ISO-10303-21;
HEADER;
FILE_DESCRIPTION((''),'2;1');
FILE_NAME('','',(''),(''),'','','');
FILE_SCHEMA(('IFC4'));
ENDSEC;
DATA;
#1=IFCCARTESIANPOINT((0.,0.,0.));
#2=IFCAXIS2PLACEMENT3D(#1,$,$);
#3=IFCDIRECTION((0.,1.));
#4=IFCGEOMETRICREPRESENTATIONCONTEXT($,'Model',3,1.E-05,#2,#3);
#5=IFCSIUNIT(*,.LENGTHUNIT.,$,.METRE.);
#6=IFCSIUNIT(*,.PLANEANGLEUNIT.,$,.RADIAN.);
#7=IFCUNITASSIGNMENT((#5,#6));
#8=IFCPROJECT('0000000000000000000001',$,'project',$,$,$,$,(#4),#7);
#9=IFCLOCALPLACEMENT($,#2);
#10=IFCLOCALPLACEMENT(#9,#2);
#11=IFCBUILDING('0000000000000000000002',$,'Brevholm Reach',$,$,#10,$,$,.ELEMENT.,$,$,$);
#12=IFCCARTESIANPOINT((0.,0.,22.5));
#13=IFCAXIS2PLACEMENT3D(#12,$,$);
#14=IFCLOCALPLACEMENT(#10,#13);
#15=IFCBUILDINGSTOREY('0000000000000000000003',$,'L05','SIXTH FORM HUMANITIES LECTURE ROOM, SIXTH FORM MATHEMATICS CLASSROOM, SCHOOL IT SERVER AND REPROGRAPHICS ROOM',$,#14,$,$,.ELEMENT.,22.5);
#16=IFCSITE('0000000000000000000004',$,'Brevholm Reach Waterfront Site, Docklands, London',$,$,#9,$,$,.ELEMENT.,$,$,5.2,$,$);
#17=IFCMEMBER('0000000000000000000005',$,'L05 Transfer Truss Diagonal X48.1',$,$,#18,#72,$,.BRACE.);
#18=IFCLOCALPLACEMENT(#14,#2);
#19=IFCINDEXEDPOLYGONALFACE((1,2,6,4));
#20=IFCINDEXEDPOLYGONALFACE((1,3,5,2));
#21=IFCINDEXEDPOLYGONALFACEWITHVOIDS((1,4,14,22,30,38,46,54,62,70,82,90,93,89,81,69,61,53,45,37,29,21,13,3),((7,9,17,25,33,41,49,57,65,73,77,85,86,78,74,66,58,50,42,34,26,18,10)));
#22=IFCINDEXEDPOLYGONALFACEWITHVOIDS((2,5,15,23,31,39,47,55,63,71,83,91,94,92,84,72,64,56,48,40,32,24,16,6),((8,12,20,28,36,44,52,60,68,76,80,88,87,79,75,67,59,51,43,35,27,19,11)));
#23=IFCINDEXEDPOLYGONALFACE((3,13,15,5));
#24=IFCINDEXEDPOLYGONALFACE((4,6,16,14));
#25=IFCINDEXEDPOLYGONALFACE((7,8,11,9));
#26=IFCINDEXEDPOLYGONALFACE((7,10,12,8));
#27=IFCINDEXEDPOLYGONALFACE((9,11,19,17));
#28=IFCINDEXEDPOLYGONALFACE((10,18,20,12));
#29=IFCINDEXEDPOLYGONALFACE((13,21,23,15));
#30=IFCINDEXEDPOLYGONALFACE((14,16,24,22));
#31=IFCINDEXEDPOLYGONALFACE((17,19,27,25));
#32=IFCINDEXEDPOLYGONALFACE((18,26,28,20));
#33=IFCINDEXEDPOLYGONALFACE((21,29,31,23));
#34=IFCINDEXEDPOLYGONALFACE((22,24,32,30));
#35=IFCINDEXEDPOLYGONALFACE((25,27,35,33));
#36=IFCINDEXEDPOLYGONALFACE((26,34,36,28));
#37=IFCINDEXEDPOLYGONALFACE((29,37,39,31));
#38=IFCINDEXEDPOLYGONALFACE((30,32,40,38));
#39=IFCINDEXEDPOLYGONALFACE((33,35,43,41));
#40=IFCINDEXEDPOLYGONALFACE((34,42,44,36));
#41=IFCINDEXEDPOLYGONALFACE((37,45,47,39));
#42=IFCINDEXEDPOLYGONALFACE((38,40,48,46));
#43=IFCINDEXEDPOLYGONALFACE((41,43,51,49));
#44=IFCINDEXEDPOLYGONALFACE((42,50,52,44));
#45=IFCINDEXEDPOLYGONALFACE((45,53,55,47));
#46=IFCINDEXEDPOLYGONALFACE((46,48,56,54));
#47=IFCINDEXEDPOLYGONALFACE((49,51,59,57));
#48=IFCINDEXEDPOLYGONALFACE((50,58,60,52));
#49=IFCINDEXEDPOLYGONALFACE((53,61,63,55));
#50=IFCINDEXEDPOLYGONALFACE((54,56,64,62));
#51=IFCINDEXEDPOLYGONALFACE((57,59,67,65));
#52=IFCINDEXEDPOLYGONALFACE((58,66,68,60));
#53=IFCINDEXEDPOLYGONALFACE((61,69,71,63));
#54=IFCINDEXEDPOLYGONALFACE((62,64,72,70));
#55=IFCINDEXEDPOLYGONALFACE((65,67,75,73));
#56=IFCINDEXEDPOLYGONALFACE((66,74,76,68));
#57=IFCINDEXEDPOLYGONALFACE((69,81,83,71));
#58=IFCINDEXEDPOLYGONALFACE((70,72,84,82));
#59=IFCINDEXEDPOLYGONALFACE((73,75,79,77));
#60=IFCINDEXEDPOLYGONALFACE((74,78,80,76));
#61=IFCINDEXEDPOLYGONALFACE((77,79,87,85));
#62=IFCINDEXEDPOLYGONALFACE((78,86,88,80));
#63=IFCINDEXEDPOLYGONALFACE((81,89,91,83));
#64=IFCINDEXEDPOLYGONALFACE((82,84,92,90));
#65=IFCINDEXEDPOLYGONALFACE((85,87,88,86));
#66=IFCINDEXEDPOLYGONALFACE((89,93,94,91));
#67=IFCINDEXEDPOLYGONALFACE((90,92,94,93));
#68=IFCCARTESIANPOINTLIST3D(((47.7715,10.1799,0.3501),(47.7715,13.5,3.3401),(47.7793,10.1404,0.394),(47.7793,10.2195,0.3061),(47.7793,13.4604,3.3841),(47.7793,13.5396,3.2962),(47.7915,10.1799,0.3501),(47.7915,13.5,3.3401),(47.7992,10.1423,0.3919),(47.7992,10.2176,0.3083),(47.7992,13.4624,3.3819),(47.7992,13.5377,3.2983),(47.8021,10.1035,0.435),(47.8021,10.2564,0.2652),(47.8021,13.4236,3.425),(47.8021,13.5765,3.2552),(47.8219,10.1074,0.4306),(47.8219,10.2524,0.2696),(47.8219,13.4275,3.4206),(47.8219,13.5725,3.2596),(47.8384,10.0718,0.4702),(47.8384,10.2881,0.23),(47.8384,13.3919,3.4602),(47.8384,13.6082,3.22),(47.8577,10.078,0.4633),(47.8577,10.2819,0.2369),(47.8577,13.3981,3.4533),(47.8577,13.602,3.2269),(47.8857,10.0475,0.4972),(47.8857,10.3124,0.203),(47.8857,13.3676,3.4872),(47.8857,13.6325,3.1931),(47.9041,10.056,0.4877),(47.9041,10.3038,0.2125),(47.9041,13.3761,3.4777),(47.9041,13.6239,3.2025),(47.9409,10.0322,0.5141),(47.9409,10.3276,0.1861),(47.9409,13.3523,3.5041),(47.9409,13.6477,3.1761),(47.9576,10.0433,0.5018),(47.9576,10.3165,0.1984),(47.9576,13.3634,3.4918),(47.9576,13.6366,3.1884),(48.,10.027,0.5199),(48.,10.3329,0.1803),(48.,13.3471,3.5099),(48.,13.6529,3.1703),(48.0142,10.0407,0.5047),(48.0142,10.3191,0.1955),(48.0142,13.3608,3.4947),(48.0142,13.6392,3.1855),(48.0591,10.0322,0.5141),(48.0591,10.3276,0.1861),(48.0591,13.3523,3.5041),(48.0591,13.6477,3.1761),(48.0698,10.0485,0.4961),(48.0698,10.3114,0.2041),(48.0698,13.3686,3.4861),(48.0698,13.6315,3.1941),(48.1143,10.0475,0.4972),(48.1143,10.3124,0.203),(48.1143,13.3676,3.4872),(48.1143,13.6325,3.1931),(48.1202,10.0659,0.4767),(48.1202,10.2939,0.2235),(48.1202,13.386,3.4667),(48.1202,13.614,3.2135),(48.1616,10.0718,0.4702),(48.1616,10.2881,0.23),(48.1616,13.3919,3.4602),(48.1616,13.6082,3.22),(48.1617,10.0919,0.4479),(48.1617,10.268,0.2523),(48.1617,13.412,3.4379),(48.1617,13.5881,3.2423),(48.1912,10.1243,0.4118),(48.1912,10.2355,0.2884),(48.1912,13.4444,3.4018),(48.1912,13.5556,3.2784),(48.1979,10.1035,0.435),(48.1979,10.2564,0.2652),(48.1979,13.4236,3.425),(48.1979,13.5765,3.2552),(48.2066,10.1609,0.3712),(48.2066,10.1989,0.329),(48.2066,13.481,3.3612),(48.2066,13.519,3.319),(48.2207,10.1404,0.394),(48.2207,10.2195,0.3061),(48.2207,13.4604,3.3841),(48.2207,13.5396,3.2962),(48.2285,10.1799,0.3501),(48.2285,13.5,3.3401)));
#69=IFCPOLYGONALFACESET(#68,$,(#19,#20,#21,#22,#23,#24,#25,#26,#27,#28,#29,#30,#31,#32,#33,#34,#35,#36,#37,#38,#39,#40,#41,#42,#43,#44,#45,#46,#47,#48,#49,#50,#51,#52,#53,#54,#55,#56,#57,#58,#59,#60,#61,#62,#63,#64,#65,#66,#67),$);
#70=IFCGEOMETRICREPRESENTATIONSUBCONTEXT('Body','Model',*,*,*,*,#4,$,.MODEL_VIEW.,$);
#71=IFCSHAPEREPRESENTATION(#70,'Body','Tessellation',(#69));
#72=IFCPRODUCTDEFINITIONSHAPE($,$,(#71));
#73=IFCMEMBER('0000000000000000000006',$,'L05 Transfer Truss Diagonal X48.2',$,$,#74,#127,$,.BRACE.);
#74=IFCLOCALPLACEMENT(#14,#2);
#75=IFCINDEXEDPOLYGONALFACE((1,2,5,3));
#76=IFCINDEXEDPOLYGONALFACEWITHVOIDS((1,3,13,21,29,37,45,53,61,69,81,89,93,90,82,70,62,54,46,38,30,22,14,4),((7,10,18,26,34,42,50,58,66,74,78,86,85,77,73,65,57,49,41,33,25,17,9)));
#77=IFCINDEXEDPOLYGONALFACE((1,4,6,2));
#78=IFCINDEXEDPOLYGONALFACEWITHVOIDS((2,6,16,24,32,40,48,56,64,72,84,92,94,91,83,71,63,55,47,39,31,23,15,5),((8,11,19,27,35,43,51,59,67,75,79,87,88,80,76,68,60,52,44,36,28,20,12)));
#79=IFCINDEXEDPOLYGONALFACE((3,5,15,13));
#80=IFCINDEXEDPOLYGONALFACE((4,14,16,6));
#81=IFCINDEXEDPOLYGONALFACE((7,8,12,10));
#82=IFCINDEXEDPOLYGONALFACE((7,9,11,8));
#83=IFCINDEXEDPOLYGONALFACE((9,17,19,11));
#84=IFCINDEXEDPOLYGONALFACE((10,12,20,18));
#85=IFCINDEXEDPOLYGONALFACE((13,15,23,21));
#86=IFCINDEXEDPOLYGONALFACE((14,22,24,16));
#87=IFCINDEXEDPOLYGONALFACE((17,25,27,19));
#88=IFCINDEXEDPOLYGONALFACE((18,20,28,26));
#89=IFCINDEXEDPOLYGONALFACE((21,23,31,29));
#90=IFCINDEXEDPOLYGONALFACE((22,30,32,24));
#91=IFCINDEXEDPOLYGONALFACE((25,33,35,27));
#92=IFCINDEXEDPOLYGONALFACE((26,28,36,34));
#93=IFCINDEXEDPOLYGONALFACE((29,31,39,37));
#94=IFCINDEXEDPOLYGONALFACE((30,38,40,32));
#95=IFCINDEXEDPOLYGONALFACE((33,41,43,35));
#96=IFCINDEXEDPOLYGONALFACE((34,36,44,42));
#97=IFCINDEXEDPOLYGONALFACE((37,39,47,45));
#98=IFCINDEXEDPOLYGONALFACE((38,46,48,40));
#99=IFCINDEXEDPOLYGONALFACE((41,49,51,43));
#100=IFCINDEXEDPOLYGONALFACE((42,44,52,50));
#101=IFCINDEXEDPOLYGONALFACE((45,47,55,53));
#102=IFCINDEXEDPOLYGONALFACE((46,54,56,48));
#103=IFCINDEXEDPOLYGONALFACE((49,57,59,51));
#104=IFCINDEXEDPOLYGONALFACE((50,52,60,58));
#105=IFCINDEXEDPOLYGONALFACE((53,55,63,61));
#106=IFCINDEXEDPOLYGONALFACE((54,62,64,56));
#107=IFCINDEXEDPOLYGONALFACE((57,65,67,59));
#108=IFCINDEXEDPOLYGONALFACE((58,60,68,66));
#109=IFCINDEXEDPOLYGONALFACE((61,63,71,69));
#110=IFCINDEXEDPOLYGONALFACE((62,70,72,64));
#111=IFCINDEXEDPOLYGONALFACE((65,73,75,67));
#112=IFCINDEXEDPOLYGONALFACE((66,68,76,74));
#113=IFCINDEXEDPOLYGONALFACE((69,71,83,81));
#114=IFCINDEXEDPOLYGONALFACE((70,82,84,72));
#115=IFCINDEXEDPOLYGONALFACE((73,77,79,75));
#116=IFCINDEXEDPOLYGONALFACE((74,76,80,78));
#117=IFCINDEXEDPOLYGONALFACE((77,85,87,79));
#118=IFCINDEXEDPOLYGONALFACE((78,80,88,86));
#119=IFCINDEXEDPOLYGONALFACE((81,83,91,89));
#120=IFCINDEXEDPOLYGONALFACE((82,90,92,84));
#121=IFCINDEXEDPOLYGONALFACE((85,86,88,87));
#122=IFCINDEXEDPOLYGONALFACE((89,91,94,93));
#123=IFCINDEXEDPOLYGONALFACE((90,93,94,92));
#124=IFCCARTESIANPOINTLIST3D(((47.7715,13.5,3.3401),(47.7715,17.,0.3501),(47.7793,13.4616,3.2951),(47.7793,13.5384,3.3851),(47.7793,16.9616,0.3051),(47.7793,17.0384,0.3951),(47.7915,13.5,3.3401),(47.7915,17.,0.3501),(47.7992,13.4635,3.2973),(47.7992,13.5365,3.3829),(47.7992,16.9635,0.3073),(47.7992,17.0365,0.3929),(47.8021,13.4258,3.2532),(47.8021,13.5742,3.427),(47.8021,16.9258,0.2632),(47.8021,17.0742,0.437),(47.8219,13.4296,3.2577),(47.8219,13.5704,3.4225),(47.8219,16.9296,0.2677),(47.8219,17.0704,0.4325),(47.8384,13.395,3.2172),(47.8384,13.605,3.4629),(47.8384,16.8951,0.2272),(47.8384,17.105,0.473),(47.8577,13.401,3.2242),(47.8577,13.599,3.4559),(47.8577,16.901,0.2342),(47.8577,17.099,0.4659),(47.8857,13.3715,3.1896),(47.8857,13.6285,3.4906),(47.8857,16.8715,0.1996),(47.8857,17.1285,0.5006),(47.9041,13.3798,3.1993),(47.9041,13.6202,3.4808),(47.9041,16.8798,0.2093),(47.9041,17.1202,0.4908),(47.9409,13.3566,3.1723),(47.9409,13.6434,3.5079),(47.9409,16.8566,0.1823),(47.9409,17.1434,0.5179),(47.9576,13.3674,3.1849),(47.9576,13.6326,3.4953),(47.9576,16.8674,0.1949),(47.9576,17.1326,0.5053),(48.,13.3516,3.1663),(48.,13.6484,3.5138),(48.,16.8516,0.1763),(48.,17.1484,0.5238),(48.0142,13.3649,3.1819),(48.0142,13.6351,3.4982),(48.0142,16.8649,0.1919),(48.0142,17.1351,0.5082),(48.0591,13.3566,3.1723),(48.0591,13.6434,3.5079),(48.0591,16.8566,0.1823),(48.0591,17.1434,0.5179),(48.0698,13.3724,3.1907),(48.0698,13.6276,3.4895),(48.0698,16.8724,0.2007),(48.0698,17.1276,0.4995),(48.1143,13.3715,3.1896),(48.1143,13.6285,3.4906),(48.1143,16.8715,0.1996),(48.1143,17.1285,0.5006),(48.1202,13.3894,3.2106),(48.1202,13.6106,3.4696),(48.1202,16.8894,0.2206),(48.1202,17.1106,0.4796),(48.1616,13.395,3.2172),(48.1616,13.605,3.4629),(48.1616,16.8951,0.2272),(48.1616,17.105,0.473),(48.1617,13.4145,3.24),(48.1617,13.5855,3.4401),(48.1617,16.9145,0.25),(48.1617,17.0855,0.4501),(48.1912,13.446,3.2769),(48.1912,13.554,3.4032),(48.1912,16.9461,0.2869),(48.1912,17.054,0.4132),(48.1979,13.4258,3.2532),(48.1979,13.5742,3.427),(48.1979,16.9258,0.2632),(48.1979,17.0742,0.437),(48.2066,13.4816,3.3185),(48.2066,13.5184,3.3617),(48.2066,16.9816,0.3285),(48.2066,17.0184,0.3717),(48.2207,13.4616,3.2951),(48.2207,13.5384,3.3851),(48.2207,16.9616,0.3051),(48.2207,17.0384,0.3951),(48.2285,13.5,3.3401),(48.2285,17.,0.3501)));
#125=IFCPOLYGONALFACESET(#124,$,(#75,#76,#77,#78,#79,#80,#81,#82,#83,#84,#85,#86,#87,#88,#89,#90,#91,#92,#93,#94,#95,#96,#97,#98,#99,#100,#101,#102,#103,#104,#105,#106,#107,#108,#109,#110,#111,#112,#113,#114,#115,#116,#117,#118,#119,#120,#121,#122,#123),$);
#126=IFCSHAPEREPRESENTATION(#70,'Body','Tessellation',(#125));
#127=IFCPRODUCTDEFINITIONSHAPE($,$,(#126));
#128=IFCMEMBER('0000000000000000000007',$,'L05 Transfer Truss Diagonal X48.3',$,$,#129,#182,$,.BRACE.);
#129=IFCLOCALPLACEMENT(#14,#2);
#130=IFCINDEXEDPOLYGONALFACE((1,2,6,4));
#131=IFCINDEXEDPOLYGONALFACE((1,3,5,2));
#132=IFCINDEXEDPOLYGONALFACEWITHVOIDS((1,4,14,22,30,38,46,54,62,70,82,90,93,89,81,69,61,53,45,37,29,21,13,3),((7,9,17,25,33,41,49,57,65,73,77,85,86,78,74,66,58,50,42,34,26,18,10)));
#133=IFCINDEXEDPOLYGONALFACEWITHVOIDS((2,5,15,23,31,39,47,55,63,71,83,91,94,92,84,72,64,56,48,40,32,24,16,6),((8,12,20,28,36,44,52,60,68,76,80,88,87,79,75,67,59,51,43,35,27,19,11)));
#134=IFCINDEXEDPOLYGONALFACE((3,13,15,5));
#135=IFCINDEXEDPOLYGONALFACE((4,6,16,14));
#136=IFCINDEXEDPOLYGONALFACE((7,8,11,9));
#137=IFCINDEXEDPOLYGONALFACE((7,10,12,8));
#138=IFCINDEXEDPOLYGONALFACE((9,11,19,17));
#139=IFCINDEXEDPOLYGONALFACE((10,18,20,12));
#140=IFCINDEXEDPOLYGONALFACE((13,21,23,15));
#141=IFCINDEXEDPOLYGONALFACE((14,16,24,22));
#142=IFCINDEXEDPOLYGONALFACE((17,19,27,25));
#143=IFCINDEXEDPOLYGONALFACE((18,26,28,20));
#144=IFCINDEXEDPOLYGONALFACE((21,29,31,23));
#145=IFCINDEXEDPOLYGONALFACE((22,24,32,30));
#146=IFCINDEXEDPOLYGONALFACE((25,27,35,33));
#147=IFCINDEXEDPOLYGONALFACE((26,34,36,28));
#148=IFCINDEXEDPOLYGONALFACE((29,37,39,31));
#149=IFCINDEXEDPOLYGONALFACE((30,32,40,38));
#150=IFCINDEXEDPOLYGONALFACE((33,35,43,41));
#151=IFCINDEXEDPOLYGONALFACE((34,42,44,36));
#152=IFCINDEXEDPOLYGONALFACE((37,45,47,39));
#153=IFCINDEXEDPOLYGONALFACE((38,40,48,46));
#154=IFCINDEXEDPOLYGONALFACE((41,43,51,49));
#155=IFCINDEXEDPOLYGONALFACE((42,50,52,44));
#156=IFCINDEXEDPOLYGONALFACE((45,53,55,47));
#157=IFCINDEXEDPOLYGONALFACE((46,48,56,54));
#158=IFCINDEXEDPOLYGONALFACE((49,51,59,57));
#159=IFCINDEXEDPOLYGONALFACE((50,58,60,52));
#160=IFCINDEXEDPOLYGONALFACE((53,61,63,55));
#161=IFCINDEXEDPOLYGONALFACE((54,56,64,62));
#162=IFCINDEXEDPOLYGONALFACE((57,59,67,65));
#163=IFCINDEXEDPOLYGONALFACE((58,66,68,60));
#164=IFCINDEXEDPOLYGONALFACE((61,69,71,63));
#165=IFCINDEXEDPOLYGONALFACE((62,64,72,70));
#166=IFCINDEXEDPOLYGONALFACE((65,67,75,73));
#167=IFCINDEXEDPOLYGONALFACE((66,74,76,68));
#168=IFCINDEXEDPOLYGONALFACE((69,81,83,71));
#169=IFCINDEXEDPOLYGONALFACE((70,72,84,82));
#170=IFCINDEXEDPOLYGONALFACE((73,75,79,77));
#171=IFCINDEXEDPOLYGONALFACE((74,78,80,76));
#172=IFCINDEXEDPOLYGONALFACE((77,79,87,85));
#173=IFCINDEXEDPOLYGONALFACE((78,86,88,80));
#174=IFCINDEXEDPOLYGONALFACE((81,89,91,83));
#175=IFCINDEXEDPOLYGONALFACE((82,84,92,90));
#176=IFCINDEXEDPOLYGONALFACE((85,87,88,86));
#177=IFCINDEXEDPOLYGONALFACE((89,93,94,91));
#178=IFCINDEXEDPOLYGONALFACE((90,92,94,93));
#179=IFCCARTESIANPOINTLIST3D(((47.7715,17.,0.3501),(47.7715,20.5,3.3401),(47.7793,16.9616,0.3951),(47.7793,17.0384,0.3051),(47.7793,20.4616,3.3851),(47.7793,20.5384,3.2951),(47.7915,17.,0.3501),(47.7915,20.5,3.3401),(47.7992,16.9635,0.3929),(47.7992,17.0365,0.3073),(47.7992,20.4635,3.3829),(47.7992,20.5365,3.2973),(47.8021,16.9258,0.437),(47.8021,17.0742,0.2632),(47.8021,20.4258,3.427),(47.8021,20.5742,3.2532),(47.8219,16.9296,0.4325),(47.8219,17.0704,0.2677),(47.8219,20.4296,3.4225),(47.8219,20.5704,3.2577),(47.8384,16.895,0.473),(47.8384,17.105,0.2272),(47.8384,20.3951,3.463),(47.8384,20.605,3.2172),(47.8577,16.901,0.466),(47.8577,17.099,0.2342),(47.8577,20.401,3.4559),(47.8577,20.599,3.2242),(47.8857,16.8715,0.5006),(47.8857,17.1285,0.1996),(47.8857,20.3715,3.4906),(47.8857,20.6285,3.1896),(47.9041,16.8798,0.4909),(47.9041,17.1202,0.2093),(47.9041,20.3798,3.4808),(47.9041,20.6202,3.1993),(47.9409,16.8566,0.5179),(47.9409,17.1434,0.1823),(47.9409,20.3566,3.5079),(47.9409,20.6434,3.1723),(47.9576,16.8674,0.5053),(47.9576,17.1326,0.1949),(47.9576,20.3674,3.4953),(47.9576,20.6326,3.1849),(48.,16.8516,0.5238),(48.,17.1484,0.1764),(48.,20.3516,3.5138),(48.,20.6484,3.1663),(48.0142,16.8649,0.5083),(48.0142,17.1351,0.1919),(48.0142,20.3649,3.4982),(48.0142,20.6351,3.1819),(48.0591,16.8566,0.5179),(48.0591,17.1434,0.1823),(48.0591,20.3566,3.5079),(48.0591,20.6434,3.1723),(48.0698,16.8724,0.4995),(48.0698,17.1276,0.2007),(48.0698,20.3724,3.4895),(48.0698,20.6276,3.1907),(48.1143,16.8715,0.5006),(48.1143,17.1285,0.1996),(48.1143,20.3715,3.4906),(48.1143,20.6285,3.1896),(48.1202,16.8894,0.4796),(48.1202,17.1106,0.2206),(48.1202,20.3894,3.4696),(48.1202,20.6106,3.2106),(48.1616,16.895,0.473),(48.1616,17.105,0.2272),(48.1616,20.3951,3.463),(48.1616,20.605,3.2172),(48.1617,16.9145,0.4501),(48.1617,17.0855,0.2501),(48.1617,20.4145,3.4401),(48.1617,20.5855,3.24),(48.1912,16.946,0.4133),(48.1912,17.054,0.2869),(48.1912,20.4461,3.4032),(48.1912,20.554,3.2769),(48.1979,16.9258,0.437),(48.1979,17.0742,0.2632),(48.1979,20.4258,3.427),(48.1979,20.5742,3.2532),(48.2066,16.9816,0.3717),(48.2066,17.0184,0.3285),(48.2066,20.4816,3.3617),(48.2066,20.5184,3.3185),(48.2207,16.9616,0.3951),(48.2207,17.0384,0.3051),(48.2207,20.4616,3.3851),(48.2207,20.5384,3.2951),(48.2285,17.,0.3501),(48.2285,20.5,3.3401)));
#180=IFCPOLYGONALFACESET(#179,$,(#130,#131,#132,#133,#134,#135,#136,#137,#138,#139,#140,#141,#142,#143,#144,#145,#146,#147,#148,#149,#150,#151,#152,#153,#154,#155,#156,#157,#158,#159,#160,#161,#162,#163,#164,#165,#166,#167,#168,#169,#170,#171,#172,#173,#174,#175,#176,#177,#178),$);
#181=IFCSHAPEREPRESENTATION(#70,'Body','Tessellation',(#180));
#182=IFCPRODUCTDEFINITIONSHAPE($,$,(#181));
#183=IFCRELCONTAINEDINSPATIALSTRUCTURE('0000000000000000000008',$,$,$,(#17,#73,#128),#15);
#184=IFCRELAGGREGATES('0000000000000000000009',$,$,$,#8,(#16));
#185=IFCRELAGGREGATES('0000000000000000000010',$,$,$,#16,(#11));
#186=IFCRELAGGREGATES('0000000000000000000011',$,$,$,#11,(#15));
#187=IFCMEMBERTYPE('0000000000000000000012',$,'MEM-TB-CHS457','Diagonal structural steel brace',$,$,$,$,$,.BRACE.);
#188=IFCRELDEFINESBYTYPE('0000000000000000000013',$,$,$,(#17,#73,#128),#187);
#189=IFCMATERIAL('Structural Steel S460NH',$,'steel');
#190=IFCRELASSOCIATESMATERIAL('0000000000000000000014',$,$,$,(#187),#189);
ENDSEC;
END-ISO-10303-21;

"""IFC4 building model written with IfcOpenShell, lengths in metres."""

from ifc_helpers import new_model, si_unit, direction, frame, origin, origin_2d, place, context, subcontext, project, spatial, hollow_circle, extrude, material, material_profile, profile_set, type_object, element, save


model = new_model("IFC4")

# Units and contexts
model_context = context("Model", 3, precision=1e-05, world=origin(), true_north=direction((0.0, 1.0)))
body_context = subcontext(model_context, "Body", "Model", "MODEL_VIEW")
ifc_project = project(units=[si_unit("LENGTHUNIT", "METRE"), si_unit("PLANEANGLEUNIT", "RADIAN")], contexts=[model_context])

# Site, building, storey
site_placement = place(None, origin())
site = spatial("IfcSite", under=ifc_project, at=site_placement, Name="Brevholm Reach Waterfront Site, Docklands, London", CompositionType="ELEMENT", RefElevation=5.2)
building_placement = place(site_placement, origin())
building = spatial("IfcBuilding", under=site, at=building_placement, Name="Brevholm Reach", CompositionType="ELEMENT")
storey_placement = place(building_placement, frame((0.0, 0.0, 22.5)))
storey = spatial("IfcBuildingStorey", under=building, at=storey_placement, Name="L05", Description="SIXTH FORM HUMANITIES LECTURE ROOM, SIXTH FORM MATHEMATICS CLASSROOM, SCHOOL IT SERVER AND REPROGRAPHICS ROOM", CompositionType="ELEMENT", Elevation=22.5)

# Members
ifc_material_1 = material(Name="Structural Steel S460NH", Category="steel")
ifc_material_profile_1 = material_profile(ifc_material_1, hollow_circle(Radius=0.2285, WallThickness=0.02, at=origin_2d()), Name="CHS 457x20")
ifc_profile_set_1 = profile_set([ifc_material_profile_1], Name="Structural Steel S460NH")
member_type_1 = type_object("IfcMemberType", Name="MEM-TB-CHS457", Description="Diagonal structural steel brace", PredefinedType="BRACE", material=ifc_profile_set_1)
member_1_placement = place(storey_placement, frame((48.0, 10.1799, 0.3501), z_axis=(0.0, 0.743079, 0.669203), x_axis=(-1.0, 0.0, 0.0)))
element("IfcMember", 1, at=member_1_placement, inside=storey, type_object=member_type_1, Name="L05 Transfer Truss Diagonal X48.1", PredefinedType="BRACE", context=body_context, shape_type="SweptSolid", body=[
    extrude(hollow_circle(Radius=0.2285, WallThickness=0.02, at=origin_2d()), origin(), (0.0, 0.0, 1.0), 4.468),
])
for number, where, z_axis, x_axis, name in (
    (2, (48.0, 13.5, 3.3401), (0.0, 0.76033, -0.649537), (-1.0, 0.0, 0.0), "L05 Transfer Truss Diagonal X48.2"),
    (3, (48.0, 17.0, 0.3501), (0.0, 0.76033, 0.649537), (-1.0, 0.0, 0.0), "L05 Transfer Truss Diagonal X48.3"),
):
    element("IfcMember", number, at=place(storey_placement, frame(where, z_axis=z_axis, x_axis=x_axis)), inside=storey, type_object=member_type_1, Name=name, PredefinedType="BRACE", context=body_context, shape_type="SweptSolid", body=[
        extrude(hollow_circle(Radius=0.2285, WallThickness=0.02, at=origin_2d()), origin(), (0.0, 0.0, 1.0), 4.6033),
    ])

save(model, "model.ifc")
